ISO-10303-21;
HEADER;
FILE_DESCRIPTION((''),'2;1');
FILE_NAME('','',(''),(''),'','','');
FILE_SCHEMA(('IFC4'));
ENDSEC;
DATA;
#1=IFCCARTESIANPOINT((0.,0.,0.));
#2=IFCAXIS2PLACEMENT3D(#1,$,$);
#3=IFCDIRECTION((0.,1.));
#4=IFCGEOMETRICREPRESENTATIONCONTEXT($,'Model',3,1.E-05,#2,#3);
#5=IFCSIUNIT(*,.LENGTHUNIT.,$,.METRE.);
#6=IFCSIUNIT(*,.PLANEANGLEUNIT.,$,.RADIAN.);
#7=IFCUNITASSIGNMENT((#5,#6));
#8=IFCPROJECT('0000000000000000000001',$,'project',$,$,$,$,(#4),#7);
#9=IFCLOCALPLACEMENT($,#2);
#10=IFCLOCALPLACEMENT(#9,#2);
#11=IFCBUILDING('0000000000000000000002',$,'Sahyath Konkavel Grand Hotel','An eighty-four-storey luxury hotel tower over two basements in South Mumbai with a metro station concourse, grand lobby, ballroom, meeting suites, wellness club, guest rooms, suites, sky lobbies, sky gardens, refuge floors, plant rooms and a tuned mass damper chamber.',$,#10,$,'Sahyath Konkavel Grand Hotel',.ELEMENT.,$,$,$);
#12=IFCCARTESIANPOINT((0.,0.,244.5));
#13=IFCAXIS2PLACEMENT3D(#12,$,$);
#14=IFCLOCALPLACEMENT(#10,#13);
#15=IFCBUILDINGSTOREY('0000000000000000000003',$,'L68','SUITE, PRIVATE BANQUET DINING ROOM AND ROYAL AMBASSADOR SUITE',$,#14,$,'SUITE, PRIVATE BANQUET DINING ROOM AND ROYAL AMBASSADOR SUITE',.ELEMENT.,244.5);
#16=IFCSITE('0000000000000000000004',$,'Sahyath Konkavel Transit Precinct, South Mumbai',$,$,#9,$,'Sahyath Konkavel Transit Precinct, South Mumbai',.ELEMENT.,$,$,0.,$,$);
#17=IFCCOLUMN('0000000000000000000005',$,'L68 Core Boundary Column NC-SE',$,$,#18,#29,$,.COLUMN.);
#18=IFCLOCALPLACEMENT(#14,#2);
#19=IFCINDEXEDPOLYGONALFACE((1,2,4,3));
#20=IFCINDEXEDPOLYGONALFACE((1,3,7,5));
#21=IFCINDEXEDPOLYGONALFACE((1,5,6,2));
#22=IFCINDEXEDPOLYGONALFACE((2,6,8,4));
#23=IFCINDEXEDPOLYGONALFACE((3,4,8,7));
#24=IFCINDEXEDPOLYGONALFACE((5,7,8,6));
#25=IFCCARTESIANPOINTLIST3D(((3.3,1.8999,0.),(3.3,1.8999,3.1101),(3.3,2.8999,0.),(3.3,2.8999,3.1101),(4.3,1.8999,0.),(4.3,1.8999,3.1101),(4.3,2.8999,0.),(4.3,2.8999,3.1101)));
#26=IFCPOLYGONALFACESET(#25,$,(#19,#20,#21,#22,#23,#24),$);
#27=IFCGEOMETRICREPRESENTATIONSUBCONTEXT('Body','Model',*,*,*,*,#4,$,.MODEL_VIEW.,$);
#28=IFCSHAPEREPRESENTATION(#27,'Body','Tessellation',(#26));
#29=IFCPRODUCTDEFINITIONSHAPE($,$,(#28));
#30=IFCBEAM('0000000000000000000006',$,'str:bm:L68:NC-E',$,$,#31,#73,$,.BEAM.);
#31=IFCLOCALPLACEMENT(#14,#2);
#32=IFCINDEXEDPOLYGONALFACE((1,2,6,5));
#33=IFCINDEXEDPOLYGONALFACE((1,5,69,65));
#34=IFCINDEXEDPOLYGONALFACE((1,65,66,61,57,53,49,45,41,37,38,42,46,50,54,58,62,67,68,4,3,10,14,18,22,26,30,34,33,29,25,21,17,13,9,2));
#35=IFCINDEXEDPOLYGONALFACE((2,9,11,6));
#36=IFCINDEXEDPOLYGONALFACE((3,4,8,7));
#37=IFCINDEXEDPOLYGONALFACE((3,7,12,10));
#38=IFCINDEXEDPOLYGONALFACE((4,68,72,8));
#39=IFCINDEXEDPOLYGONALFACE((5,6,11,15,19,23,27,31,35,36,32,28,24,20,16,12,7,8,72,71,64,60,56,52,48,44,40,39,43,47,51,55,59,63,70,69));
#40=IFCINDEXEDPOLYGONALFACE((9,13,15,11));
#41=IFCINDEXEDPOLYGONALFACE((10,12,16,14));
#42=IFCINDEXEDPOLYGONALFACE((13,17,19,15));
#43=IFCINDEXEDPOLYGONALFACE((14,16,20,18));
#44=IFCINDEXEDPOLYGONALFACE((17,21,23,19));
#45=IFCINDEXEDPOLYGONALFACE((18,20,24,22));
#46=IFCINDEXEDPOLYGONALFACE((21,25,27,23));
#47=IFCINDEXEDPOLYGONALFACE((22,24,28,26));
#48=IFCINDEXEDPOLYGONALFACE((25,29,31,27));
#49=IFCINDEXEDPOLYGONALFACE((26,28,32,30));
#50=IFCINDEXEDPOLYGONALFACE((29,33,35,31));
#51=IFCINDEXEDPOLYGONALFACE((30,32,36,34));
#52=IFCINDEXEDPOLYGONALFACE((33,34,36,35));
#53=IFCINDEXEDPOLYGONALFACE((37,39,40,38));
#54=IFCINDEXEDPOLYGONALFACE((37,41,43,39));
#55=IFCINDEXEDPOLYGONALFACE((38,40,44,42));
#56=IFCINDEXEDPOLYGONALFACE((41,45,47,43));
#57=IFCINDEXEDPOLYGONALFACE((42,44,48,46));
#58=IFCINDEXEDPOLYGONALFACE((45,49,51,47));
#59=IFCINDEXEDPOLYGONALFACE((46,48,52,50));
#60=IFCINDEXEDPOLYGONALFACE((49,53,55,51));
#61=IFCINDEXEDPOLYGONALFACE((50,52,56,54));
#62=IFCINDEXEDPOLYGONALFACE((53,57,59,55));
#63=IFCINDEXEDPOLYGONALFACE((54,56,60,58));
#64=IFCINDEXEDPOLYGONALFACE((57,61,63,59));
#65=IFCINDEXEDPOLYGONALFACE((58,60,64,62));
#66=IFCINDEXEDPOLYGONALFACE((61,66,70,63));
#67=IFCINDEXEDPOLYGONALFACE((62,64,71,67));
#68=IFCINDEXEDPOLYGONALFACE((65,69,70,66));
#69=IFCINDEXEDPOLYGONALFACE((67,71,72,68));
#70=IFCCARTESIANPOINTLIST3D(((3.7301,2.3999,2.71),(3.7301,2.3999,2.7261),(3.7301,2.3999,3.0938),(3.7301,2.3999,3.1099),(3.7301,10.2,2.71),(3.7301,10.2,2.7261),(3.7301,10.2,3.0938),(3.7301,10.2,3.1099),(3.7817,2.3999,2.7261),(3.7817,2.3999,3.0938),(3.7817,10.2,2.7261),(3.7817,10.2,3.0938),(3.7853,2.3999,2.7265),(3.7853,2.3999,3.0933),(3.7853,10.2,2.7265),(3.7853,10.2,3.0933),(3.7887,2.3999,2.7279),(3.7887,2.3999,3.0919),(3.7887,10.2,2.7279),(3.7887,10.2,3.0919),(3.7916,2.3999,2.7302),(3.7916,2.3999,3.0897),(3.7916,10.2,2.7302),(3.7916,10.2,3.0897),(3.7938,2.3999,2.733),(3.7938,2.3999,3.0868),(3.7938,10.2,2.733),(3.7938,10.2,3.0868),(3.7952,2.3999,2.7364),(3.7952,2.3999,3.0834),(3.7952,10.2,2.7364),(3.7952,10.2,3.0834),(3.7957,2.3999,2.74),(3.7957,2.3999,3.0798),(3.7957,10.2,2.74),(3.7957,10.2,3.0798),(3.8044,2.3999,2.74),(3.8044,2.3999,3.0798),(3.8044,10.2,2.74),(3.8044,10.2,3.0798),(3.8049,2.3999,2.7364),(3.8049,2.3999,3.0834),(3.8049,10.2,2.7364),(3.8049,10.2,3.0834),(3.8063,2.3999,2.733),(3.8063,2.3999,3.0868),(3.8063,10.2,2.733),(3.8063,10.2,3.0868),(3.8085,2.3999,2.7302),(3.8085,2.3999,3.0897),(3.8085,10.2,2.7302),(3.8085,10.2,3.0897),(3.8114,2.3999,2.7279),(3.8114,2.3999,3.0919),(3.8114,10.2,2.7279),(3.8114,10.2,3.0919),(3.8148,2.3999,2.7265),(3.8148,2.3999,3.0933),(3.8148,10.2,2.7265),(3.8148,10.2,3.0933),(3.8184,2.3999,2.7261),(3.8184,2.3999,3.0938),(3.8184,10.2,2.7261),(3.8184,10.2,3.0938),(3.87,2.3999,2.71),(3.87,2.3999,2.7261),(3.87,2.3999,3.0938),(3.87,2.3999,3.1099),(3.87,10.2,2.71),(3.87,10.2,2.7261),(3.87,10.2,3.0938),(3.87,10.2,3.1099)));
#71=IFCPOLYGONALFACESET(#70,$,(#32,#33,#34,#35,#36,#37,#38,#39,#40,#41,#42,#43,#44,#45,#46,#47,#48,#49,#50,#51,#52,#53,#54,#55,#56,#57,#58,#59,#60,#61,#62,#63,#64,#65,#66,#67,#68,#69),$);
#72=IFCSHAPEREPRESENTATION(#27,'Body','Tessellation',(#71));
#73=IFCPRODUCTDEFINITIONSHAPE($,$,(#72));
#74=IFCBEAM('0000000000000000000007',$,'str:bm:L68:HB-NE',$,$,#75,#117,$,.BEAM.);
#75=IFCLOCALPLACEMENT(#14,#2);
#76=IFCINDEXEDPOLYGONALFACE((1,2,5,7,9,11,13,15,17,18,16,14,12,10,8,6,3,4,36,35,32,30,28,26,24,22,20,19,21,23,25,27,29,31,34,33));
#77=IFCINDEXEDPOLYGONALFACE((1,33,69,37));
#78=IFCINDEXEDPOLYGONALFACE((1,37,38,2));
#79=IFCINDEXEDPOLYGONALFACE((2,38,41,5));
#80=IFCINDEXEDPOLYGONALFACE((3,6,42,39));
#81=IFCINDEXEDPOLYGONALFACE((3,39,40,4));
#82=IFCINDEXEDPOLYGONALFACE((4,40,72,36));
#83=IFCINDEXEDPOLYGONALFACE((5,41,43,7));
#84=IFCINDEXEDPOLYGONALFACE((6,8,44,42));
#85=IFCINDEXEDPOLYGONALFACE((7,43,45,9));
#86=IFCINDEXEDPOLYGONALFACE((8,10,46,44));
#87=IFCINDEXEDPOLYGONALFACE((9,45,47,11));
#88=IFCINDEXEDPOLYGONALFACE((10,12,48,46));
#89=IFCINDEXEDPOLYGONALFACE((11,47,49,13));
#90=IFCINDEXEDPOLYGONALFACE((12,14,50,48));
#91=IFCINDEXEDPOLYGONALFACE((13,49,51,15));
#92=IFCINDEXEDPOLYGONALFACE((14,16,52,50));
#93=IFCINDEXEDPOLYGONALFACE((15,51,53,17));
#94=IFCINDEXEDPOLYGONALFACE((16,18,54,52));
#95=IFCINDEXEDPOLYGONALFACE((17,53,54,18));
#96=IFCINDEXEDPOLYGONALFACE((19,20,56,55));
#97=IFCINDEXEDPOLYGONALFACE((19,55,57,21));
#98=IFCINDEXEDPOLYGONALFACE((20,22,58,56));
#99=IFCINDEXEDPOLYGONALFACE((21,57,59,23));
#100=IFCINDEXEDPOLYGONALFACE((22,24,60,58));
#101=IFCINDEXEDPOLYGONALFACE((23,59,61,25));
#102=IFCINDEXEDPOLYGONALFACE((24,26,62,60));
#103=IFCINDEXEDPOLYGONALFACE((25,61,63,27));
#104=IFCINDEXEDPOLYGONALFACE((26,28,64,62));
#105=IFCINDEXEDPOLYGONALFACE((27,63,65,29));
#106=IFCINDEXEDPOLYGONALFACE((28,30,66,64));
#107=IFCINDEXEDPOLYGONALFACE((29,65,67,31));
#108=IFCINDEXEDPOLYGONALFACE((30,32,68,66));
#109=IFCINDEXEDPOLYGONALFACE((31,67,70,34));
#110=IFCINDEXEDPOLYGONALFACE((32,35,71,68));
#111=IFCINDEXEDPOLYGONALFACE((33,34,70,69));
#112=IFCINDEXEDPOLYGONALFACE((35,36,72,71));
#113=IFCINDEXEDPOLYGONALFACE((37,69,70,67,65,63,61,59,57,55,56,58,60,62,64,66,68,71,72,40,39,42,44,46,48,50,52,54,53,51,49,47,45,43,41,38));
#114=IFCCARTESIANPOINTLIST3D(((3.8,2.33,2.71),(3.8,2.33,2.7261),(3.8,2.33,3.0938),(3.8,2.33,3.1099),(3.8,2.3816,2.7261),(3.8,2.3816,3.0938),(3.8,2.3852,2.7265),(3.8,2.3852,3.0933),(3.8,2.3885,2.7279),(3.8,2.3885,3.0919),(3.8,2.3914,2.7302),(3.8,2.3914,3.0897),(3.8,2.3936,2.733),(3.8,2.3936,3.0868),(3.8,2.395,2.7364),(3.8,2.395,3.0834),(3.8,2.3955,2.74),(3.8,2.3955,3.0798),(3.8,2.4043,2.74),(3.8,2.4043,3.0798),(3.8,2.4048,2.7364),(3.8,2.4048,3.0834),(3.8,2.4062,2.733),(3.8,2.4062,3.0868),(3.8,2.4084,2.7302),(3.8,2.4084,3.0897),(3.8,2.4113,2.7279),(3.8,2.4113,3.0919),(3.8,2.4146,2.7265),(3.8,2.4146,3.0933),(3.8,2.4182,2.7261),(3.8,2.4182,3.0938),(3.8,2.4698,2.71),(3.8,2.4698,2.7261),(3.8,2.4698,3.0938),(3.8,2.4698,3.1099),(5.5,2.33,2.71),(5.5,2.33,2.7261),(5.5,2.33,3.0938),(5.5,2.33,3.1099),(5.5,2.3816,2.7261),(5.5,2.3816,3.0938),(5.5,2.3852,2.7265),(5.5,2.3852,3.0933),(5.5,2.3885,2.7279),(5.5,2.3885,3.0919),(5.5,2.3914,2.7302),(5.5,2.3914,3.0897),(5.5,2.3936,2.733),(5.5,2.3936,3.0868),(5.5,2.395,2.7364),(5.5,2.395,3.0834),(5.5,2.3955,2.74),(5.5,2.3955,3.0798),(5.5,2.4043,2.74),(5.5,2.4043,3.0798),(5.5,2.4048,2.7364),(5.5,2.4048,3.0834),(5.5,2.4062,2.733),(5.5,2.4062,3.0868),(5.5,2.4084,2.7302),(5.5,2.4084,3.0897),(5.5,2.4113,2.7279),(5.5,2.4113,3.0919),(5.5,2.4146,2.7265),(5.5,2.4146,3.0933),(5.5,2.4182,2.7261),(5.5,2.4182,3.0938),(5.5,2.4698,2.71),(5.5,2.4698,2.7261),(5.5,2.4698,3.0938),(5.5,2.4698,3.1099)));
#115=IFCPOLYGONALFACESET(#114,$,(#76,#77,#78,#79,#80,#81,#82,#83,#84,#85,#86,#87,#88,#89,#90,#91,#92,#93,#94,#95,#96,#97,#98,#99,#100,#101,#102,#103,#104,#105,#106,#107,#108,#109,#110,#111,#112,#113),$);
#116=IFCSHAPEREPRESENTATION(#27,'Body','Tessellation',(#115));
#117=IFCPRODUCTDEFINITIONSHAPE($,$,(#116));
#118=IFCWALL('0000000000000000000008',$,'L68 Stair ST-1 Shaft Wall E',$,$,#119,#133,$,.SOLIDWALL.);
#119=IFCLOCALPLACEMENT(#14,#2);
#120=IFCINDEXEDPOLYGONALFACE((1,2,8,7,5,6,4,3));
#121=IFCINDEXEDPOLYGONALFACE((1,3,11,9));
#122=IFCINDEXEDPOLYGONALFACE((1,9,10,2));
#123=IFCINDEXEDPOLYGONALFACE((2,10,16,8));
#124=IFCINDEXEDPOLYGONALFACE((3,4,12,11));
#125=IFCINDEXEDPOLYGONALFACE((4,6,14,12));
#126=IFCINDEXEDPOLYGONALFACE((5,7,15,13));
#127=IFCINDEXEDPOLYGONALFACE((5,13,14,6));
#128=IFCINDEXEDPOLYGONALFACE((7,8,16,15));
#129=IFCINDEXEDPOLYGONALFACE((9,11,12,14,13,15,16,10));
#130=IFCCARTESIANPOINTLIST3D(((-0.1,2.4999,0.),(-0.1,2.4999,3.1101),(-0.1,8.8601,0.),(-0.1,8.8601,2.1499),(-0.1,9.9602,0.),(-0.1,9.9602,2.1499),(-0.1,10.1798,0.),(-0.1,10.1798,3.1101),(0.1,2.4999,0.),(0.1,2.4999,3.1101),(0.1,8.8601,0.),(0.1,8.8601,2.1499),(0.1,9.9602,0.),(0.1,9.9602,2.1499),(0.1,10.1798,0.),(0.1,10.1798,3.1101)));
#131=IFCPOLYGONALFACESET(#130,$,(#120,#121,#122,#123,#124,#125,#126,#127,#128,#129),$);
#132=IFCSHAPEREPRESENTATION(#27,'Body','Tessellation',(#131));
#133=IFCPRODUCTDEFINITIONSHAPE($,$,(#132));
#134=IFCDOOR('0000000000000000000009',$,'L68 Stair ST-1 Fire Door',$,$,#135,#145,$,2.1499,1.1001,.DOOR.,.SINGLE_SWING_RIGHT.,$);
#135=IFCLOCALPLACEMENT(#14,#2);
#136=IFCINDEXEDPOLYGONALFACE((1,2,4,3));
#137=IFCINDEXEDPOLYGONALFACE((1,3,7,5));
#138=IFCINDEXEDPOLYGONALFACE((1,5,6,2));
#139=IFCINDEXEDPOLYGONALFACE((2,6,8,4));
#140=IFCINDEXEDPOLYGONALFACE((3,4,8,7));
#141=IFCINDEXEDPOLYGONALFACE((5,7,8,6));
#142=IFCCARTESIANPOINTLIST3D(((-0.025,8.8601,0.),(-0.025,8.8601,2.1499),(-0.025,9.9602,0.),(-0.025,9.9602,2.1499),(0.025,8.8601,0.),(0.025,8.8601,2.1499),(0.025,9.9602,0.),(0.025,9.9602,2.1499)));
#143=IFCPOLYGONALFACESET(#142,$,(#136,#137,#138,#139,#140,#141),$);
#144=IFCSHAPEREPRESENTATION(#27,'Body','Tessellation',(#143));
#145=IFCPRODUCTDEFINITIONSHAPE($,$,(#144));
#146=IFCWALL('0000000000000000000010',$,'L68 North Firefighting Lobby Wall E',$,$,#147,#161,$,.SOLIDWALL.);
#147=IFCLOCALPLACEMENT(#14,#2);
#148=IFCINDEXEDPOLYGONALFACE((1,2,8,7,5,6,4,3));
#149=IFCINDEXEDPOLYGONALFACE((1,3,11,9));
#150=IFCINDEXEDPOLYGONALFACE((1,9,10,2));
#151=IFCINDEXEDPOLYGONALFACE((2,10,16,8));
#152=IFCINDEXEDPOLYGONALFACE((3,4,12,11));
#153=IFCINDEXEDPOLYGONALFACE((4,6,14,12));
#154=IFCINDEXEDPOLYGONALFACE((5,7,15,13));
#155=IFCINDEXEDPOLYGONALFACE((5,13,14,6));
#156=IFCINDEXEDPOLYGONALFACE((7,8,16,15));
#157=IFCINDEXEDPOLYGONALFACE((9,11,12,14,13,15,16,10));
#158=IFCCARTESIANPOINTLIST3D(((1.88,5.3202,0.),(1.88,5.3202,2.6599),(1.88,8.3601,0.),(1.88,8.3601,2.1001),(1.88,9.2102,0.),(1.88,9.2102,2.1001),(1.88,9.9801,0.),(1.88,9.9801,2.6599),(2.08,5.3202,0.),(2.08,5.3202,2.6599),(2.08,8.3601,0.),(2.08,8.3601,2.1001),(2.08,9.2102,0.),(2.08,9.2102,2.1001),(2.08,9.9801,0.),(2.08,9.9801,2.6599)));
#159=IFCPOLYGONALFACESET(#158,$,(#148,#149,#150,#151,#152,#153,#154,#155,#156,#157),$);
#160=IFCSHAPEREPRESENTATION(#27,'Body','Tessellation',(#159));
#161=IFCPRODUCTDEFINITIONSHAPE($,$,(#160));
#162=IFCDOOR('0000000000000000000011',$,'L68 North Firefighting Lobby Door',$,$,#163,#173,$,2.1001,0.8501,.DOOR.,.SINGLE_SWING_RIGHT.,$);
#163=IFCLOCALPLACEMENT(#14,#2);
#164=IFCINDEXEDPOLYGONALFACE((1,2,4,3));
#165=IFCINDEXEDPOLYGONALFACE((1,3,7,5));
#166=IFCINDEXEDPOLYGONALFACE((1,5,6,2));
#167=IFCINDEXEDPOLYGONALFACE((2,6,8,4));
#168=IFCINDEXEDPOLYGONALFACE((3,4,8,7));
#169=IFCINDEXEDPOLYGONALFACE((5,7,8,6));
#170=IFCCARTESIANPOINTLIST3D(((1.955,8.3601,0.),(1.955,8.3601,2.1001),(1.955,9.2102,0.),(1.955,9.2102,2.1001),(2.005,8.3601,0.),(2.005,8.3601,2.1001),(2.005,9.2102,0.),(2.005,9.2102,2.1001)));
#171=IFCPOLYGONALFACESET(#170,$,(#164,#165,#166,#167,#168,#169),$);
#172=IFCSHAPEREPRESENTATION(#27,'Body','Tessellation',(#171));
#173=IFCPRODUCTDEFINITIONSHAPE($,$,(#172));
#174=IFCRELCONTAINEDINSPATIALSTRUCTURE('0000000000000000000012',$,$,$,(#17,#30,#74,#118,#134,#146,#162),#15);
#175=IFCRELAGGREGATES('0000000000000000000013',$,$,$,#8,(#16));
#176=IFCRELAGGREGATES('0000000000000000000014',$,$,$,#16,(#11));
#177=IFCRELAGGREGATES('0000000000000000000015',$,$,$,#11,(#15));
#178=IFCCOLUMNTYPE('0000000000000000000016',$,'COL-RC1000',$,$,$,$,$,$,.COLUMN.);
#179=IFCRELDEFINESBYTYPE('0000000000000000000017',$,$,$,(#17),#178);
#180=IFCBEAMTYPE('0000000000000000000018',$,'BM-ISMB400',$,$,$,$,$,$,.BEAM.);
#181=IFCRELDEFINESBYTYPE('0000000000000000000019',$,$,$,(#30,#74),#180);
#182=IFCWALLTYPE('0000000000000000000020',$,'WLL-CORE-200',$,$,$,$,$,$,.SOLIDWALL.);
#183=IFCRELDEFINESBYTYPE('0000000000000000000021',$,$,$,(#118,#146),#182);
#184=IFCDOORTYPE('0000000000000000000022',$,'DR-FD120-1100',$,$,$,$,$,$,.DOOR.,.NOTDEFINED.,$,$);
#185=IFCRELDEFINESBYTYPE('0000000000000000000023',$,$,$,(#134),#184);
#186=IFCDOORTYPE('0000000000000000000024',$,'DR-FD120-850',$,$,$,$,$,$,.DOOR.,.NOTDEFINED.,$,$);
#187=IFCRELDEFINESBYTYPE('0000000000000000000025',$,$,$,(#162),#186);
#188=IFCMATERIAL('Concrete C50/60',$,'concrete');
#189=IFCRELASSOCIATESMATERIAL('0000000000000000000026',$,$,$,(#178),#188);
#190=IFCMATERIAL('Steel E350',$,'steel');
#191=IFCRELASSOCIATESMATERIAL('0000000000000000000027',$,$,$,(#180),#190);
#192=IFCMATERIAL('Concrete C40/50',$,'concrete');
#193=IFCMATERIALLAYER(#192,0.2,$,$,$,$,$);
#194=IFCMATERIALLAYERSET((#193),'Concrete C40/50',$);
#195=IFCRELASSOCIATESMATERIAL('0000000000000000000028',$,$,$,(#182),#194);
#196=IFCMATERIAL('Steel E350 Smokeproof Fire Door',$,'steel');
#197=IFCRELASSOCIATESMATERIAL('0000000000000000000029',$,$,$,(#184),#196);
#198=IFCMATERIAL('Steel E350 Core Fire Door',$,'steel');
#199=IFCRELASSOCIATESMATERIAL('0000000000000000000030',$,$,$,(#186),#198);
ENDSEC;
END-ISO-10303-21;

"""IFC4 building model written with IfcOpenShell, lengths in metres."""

from ifc_helpers import new_model, si_unit, direction, frame, frame_2d, origin, origin_2d, place, context, subcontext, project, spatial, rectangle, i_section, extrude, source, transform, mapped, material, layer, layer_set, material_profile, profile_set, type_object, element, fill, save


model = new_model("IFC4")

# Units and contexts
model_context = context("Model", 3, precision=1e-05, world=origin(), true_north=direction((0.0, 1.0)))
body_context = subcontext(model_context, "Body", "Model", "MODEL_VIEW")
ifc_project = project(units=[si_unit("LENGTHUNIT", "METRE"), si_unit("PLANEANGLEUNIT", "RADIAN")], contexts=[model_context])

# Site, building, storey
site_placement = place(None, origin())
site = spatial("IfcSite", under=ifc_project, at=site_placement, Name="Sahyath Konkavel Transit Precinct, South Mumbai", LongName="Sahyath Konkavel Transit Precinct, South Mumbai", CompositionType="ELEMENT", RefElevation=0.0)
building_placement = place(site_placement, origin())
building = spatial("IfcBuilding", under=site, at=building_placement, Name="Sahyath Konkavel Grand Hotel", Description="An eighty-four-storey luxury hotel tower over two basements in South Mumbai with a metro station concourse, grand lobby, ballroom, meeting suites, wellness club, guest rooms, suites, sky lobbies, sky gardens, refuge floors, plant rooms and a tuned mass damper chamber.", LongName="Sahyath Konkavel Grand Hotel", CompositionType="ELEMENT")
storey_placement = place(building_placement, frame((0.0, 0.0, 244.5)))
storey = spatial("IfcBuildingStorey", under=building, at=storey_placement, Name="L68", Description="SUITE, PRIVATE BANQUET DINING ROOM AND ROYAL AMBASSADOR SUITE", LongName="SUITE, PRIVATE BANQUET DINING ROOM AND ROYAL AMBASSADOR SUITE", CompositionType="ELEMENT", Elevation=244.5)

# Column
ifc_material_1 = material(Name="Concrete C50/60", Category="concrete")
ifc_material_profile_1 = material_profile(ifc_material_1, rectangle(XDim=1.0, YDim=1.0, at=origin_2d()), Name="RC 1000x1000")
ifc_profile_set_1 = profile_set([ifc_material_profile_1], Name="Concrete C50/60")
column_type = type_object("IfcColumnType", Name="COL-RC1000", PredefinedType="COLUMN", material=ifc_profile_set_1)
shared_shape_1 = source(origin(), body_context, "Body", "SweptSolid", [
    extrude(rectangle(XDim=1.0, YDim=1.0, at=origin_2d()), origin(), (0.0, 0.0, 1.0), 3.1101),
])
column_placement = place(storey_placement, frame((3.8, 2.3999, 0.0), z_axis=(0.0, 0.0, 1.0), x_axis=(1.0, 0.0, 0.0)))
element("IfcColumn", 1, at=column_placement, inside=storey, type_object=column_type, Name="L68 Core Boundary Column NC-SE", PredefinedType="COLUMN", context=body_context, shape_type="MappedRepresentation", body=[
    mapped(shared_shape_1, transform((0.0, 0.0, 0.0), scale=1.0)),
])

# Beams
ifc_material_2 = material(Name="Steel E350", Category="steel")
ifc_material_profile_2 = material_profile(ifc_material_2, i_section(OverallWidth=0.1399, OverallDepth=0.3999, WebThickness=0.0088, FlangeThickness=0.0161, FilletRadius=0.0139, at=origin_2d()), Name="ISMB 400")
ifc_profile_set_2 = profile_set([ifc_material_profile_2], Name="Steel E350")
beam_type = type_object("IfcBeamType", Name="BM-ISMB400", PredefinedType="BEAM", material=ifc_profile_set_2)
shared_shape_2 = source(origin(), body_context, "Body", "SweptSolid", [
    extrude(i_section(OverallWidth=0.1399, OverallDepth=0.3999, WebThickness=0.0088, FlangeThickness=0.0161, FilletRadius=0.0139, at=origin_2d()), origin(), (0.0, 0.0, 1.0), 7.8),
])
beam_1_placement = place(storey_placement, frame((3.8, 2.3999, 2.9099), z_axis=(0.0, 1.0, 0.0), x_axis=(-1.0, 0.0, 0.0)))
element("IfcBeam", 2, at=beam_1_placement, inside=storey, type_object=beam_type, Name="str:bm:L68:NC-E", PredefinedType="BEAM", context=body_context, shape_type="MappedRepresentation", body=[
    mapped(shared_shape_2, transform((0.0, 0.0, 0.0), scale=1.0)),
])
shared_shape_3 = source(origin(), body_context, "Body", "SweptSolid", [
    extrude(i_section(OverallWidth=0.1399, OverallDepth=0.3999, WebThickness=0.0088, FlangeThickness=0.0161, FilletRadius=0.0139, at=origin_2d()), origin(), (0.0, 0.0, 1.0), 1.7),
])
beam_2_placement = place(storey_placement, frame((3.8, 2.3999, 2.9099), z_axis=(1.0, 0.0, 0.0), x_axis=(0.0, 1.0, 0.0)))
element("IfcBeam", 3, at=beam_2_placement, inside=storey, type_object=beam_type, Name="str:bm:L68:HB-NE", PredefinedType="BEAM", context=body_context, shape_type="MappedRepresentation", body=[
    mapped(shared_shape_3, transform((0.0, 0.0, 0.0), scale=1.0)),
])

# Walls, openings, doors
ifc_material_3 = material(Name="Concrete C40/50", Category="concrete")
ifc_layer = layer(ifc_material_3, 0.2)
ifc_layer_set = layer_set([ifc_layer], Name="Concrete C40/50")
wall_type = type_object("IfcWallType", Name="WLL-CORE-200", PredefinedType="SOLIDWALL", material=ifc_layer_set)
wall_1_placement = place(storey_placement, frame((0.0, 2.5, 0.0), z_axis=(0.0, 0.0, 1.0), x_axis=(0.0, 1.0, 0.0)))
wall_1 = element("IfcWall", 4, at=wall_1_placement, inside=storey, type_object=wall_type, Name="L68 Stair ST-1 Shaft Wall E", PredefinedType="SOLIDWALL", context=body_context, shape_type="SweptSolid", body=[
    extrude(rectangle(XDim=7.6799, YDim=0.2, at=frame_2d((3.8398, 0.0))), origin(), (0.0, 0.0, 1.0), 3.1101),
])
opening_1_placement = place(wall_1_placement, frame((6.3601, 0.0, 0.0)))
opening_1 = element("IfcOpeningElement", 5, at=opening_1_placement, cuts=wall_1, PredefinedType="OPENING", context=body_context, shape_type="SweptSolid", body=[
    extrude(rectangle(XDim=1.1001, YDim=2.1499, at=frame_2d((0.55, 1.075))), frame((0.0, 0.1099, 0.0), z_axis=(0.0, -1.0, 0.0), x_axis=(1.0, 0.0, 0.0)), (0.0, 0.0, 1.0), 0.22),
])
ifc_material_4 = material(Name="Steel E350 Smokeproof Fire Door", Category="steel")
door_type_1 = type_object("IfcDoorType", Name="DR-FD120-1100", OperationType="NOTDEFINED", PredefinedType="DOOR", material=ifc_material_4)
shared_shape_4 = source(origin(), body_context, "Body", "SweptSolid", [
    extrude(rectangle(XDim=1.1001, YDim=0.05, at=origin_2d()), origin(), (0.0, 0.0, 1.0), 2.1499),
])
door_1_placement = place(opening_1_placement, frame((0.55, 0.0, 0.0)))
door_1 = element("IfcDoor", 6, at=door_1_placement, inside=storey, type_object=door_type_1, Name="L68 Stair ST-1 Fire Door", OperationType="SINGLE_SWING_RIGHT", OverallHeight=2.1499, OverallWidth=1.1001, PredefinedType="DOOR", context=body_context, shape_type="MappedRepresentation", body=[
    mapped(shared_shape_4, transform((0.0, 0.0, 0.0), scale=1.0)),
])
fill(opening_1, door_1)
wall_2_placement = place(storey_placement, frame((1.98, 5.3201, 0.0), z_axis=(0.0, 0.0, 1.0), x_axis=(0.0, 1.0, 0.0)))
wall_2 = element("IfcWall", 7, at=wall_2_placement, inside=storey, type_object=wall_type, Name="L68 North Firefighting Lobby Wall E", PredefinedType="SOLIDWALL", context=body_context, shape_type="SweptSolid", body=[
    extrude(rectangle(XDim=4.6599, YDim=0.2, at=frame_2d((2.3301, 0.0))), origin(), (0.0, 0.0, 1.0), 2.6599),
])
opening_2_placement = place(wall_2_placement, frame((3.04, 0.0, 0.0)))
opening_2 = element("IfcOpeningElement", 8, at=opening_2_placement, cuts=wall_2, PredefinedType="OPENING", context=body_context, shape_type="SweptSolid", body=[
    extrude(rectangle(XDim=0.8501, YDim=2.1001, at=frame_2d((0.425, 1.05))), frame((0.0, 0.1099, 0.0), z_axis=(0.0, -1.0, 0.0), x_axis=(1.0, 0.0, 0.0)), (0.0, 0.0, 1.0), 0.22),
])
ifc_material_5 = material(Name="Steel E350 Core Fire Door", Category="steel")
door_type_2 = type_object("IfcDoorType", Name="DR-FD120-850", OperationType="NOTDEFINED", PredefinedType="DOOR", material=ifc_material_5)
shared_shape_5 = source(origin(), body_context, "Body", "SweptSolid", [
    extrude(rectangle(XDim=0.8501, YDim=0.05, at=origin_2d()), origin(), (0.0, 0.0, 1.0), 2.1001),
])
door_2_placement = place(opening_2_placement, frame((0.425, 0.0, 0.0)))
door_2 = element("IfcDoor", 9, at=door_2_placement, inside=storey, type_object=door_type_2, Name="L68 North Firefighting Lobby Door", OperationType="SINGLE_SWING_RIGHT", OverallHeight=2.1001, OverallWidth=0.8501, PredefinedType="DOOR", context=body_context, shape_type="MappedRepresentation", body=[
    mapped(shared_shape_5, transform((0.0, 0.0, 0.0), scale=1.0)),
])
fill(opening_2, door_2)

save(model, "model.ifc")
